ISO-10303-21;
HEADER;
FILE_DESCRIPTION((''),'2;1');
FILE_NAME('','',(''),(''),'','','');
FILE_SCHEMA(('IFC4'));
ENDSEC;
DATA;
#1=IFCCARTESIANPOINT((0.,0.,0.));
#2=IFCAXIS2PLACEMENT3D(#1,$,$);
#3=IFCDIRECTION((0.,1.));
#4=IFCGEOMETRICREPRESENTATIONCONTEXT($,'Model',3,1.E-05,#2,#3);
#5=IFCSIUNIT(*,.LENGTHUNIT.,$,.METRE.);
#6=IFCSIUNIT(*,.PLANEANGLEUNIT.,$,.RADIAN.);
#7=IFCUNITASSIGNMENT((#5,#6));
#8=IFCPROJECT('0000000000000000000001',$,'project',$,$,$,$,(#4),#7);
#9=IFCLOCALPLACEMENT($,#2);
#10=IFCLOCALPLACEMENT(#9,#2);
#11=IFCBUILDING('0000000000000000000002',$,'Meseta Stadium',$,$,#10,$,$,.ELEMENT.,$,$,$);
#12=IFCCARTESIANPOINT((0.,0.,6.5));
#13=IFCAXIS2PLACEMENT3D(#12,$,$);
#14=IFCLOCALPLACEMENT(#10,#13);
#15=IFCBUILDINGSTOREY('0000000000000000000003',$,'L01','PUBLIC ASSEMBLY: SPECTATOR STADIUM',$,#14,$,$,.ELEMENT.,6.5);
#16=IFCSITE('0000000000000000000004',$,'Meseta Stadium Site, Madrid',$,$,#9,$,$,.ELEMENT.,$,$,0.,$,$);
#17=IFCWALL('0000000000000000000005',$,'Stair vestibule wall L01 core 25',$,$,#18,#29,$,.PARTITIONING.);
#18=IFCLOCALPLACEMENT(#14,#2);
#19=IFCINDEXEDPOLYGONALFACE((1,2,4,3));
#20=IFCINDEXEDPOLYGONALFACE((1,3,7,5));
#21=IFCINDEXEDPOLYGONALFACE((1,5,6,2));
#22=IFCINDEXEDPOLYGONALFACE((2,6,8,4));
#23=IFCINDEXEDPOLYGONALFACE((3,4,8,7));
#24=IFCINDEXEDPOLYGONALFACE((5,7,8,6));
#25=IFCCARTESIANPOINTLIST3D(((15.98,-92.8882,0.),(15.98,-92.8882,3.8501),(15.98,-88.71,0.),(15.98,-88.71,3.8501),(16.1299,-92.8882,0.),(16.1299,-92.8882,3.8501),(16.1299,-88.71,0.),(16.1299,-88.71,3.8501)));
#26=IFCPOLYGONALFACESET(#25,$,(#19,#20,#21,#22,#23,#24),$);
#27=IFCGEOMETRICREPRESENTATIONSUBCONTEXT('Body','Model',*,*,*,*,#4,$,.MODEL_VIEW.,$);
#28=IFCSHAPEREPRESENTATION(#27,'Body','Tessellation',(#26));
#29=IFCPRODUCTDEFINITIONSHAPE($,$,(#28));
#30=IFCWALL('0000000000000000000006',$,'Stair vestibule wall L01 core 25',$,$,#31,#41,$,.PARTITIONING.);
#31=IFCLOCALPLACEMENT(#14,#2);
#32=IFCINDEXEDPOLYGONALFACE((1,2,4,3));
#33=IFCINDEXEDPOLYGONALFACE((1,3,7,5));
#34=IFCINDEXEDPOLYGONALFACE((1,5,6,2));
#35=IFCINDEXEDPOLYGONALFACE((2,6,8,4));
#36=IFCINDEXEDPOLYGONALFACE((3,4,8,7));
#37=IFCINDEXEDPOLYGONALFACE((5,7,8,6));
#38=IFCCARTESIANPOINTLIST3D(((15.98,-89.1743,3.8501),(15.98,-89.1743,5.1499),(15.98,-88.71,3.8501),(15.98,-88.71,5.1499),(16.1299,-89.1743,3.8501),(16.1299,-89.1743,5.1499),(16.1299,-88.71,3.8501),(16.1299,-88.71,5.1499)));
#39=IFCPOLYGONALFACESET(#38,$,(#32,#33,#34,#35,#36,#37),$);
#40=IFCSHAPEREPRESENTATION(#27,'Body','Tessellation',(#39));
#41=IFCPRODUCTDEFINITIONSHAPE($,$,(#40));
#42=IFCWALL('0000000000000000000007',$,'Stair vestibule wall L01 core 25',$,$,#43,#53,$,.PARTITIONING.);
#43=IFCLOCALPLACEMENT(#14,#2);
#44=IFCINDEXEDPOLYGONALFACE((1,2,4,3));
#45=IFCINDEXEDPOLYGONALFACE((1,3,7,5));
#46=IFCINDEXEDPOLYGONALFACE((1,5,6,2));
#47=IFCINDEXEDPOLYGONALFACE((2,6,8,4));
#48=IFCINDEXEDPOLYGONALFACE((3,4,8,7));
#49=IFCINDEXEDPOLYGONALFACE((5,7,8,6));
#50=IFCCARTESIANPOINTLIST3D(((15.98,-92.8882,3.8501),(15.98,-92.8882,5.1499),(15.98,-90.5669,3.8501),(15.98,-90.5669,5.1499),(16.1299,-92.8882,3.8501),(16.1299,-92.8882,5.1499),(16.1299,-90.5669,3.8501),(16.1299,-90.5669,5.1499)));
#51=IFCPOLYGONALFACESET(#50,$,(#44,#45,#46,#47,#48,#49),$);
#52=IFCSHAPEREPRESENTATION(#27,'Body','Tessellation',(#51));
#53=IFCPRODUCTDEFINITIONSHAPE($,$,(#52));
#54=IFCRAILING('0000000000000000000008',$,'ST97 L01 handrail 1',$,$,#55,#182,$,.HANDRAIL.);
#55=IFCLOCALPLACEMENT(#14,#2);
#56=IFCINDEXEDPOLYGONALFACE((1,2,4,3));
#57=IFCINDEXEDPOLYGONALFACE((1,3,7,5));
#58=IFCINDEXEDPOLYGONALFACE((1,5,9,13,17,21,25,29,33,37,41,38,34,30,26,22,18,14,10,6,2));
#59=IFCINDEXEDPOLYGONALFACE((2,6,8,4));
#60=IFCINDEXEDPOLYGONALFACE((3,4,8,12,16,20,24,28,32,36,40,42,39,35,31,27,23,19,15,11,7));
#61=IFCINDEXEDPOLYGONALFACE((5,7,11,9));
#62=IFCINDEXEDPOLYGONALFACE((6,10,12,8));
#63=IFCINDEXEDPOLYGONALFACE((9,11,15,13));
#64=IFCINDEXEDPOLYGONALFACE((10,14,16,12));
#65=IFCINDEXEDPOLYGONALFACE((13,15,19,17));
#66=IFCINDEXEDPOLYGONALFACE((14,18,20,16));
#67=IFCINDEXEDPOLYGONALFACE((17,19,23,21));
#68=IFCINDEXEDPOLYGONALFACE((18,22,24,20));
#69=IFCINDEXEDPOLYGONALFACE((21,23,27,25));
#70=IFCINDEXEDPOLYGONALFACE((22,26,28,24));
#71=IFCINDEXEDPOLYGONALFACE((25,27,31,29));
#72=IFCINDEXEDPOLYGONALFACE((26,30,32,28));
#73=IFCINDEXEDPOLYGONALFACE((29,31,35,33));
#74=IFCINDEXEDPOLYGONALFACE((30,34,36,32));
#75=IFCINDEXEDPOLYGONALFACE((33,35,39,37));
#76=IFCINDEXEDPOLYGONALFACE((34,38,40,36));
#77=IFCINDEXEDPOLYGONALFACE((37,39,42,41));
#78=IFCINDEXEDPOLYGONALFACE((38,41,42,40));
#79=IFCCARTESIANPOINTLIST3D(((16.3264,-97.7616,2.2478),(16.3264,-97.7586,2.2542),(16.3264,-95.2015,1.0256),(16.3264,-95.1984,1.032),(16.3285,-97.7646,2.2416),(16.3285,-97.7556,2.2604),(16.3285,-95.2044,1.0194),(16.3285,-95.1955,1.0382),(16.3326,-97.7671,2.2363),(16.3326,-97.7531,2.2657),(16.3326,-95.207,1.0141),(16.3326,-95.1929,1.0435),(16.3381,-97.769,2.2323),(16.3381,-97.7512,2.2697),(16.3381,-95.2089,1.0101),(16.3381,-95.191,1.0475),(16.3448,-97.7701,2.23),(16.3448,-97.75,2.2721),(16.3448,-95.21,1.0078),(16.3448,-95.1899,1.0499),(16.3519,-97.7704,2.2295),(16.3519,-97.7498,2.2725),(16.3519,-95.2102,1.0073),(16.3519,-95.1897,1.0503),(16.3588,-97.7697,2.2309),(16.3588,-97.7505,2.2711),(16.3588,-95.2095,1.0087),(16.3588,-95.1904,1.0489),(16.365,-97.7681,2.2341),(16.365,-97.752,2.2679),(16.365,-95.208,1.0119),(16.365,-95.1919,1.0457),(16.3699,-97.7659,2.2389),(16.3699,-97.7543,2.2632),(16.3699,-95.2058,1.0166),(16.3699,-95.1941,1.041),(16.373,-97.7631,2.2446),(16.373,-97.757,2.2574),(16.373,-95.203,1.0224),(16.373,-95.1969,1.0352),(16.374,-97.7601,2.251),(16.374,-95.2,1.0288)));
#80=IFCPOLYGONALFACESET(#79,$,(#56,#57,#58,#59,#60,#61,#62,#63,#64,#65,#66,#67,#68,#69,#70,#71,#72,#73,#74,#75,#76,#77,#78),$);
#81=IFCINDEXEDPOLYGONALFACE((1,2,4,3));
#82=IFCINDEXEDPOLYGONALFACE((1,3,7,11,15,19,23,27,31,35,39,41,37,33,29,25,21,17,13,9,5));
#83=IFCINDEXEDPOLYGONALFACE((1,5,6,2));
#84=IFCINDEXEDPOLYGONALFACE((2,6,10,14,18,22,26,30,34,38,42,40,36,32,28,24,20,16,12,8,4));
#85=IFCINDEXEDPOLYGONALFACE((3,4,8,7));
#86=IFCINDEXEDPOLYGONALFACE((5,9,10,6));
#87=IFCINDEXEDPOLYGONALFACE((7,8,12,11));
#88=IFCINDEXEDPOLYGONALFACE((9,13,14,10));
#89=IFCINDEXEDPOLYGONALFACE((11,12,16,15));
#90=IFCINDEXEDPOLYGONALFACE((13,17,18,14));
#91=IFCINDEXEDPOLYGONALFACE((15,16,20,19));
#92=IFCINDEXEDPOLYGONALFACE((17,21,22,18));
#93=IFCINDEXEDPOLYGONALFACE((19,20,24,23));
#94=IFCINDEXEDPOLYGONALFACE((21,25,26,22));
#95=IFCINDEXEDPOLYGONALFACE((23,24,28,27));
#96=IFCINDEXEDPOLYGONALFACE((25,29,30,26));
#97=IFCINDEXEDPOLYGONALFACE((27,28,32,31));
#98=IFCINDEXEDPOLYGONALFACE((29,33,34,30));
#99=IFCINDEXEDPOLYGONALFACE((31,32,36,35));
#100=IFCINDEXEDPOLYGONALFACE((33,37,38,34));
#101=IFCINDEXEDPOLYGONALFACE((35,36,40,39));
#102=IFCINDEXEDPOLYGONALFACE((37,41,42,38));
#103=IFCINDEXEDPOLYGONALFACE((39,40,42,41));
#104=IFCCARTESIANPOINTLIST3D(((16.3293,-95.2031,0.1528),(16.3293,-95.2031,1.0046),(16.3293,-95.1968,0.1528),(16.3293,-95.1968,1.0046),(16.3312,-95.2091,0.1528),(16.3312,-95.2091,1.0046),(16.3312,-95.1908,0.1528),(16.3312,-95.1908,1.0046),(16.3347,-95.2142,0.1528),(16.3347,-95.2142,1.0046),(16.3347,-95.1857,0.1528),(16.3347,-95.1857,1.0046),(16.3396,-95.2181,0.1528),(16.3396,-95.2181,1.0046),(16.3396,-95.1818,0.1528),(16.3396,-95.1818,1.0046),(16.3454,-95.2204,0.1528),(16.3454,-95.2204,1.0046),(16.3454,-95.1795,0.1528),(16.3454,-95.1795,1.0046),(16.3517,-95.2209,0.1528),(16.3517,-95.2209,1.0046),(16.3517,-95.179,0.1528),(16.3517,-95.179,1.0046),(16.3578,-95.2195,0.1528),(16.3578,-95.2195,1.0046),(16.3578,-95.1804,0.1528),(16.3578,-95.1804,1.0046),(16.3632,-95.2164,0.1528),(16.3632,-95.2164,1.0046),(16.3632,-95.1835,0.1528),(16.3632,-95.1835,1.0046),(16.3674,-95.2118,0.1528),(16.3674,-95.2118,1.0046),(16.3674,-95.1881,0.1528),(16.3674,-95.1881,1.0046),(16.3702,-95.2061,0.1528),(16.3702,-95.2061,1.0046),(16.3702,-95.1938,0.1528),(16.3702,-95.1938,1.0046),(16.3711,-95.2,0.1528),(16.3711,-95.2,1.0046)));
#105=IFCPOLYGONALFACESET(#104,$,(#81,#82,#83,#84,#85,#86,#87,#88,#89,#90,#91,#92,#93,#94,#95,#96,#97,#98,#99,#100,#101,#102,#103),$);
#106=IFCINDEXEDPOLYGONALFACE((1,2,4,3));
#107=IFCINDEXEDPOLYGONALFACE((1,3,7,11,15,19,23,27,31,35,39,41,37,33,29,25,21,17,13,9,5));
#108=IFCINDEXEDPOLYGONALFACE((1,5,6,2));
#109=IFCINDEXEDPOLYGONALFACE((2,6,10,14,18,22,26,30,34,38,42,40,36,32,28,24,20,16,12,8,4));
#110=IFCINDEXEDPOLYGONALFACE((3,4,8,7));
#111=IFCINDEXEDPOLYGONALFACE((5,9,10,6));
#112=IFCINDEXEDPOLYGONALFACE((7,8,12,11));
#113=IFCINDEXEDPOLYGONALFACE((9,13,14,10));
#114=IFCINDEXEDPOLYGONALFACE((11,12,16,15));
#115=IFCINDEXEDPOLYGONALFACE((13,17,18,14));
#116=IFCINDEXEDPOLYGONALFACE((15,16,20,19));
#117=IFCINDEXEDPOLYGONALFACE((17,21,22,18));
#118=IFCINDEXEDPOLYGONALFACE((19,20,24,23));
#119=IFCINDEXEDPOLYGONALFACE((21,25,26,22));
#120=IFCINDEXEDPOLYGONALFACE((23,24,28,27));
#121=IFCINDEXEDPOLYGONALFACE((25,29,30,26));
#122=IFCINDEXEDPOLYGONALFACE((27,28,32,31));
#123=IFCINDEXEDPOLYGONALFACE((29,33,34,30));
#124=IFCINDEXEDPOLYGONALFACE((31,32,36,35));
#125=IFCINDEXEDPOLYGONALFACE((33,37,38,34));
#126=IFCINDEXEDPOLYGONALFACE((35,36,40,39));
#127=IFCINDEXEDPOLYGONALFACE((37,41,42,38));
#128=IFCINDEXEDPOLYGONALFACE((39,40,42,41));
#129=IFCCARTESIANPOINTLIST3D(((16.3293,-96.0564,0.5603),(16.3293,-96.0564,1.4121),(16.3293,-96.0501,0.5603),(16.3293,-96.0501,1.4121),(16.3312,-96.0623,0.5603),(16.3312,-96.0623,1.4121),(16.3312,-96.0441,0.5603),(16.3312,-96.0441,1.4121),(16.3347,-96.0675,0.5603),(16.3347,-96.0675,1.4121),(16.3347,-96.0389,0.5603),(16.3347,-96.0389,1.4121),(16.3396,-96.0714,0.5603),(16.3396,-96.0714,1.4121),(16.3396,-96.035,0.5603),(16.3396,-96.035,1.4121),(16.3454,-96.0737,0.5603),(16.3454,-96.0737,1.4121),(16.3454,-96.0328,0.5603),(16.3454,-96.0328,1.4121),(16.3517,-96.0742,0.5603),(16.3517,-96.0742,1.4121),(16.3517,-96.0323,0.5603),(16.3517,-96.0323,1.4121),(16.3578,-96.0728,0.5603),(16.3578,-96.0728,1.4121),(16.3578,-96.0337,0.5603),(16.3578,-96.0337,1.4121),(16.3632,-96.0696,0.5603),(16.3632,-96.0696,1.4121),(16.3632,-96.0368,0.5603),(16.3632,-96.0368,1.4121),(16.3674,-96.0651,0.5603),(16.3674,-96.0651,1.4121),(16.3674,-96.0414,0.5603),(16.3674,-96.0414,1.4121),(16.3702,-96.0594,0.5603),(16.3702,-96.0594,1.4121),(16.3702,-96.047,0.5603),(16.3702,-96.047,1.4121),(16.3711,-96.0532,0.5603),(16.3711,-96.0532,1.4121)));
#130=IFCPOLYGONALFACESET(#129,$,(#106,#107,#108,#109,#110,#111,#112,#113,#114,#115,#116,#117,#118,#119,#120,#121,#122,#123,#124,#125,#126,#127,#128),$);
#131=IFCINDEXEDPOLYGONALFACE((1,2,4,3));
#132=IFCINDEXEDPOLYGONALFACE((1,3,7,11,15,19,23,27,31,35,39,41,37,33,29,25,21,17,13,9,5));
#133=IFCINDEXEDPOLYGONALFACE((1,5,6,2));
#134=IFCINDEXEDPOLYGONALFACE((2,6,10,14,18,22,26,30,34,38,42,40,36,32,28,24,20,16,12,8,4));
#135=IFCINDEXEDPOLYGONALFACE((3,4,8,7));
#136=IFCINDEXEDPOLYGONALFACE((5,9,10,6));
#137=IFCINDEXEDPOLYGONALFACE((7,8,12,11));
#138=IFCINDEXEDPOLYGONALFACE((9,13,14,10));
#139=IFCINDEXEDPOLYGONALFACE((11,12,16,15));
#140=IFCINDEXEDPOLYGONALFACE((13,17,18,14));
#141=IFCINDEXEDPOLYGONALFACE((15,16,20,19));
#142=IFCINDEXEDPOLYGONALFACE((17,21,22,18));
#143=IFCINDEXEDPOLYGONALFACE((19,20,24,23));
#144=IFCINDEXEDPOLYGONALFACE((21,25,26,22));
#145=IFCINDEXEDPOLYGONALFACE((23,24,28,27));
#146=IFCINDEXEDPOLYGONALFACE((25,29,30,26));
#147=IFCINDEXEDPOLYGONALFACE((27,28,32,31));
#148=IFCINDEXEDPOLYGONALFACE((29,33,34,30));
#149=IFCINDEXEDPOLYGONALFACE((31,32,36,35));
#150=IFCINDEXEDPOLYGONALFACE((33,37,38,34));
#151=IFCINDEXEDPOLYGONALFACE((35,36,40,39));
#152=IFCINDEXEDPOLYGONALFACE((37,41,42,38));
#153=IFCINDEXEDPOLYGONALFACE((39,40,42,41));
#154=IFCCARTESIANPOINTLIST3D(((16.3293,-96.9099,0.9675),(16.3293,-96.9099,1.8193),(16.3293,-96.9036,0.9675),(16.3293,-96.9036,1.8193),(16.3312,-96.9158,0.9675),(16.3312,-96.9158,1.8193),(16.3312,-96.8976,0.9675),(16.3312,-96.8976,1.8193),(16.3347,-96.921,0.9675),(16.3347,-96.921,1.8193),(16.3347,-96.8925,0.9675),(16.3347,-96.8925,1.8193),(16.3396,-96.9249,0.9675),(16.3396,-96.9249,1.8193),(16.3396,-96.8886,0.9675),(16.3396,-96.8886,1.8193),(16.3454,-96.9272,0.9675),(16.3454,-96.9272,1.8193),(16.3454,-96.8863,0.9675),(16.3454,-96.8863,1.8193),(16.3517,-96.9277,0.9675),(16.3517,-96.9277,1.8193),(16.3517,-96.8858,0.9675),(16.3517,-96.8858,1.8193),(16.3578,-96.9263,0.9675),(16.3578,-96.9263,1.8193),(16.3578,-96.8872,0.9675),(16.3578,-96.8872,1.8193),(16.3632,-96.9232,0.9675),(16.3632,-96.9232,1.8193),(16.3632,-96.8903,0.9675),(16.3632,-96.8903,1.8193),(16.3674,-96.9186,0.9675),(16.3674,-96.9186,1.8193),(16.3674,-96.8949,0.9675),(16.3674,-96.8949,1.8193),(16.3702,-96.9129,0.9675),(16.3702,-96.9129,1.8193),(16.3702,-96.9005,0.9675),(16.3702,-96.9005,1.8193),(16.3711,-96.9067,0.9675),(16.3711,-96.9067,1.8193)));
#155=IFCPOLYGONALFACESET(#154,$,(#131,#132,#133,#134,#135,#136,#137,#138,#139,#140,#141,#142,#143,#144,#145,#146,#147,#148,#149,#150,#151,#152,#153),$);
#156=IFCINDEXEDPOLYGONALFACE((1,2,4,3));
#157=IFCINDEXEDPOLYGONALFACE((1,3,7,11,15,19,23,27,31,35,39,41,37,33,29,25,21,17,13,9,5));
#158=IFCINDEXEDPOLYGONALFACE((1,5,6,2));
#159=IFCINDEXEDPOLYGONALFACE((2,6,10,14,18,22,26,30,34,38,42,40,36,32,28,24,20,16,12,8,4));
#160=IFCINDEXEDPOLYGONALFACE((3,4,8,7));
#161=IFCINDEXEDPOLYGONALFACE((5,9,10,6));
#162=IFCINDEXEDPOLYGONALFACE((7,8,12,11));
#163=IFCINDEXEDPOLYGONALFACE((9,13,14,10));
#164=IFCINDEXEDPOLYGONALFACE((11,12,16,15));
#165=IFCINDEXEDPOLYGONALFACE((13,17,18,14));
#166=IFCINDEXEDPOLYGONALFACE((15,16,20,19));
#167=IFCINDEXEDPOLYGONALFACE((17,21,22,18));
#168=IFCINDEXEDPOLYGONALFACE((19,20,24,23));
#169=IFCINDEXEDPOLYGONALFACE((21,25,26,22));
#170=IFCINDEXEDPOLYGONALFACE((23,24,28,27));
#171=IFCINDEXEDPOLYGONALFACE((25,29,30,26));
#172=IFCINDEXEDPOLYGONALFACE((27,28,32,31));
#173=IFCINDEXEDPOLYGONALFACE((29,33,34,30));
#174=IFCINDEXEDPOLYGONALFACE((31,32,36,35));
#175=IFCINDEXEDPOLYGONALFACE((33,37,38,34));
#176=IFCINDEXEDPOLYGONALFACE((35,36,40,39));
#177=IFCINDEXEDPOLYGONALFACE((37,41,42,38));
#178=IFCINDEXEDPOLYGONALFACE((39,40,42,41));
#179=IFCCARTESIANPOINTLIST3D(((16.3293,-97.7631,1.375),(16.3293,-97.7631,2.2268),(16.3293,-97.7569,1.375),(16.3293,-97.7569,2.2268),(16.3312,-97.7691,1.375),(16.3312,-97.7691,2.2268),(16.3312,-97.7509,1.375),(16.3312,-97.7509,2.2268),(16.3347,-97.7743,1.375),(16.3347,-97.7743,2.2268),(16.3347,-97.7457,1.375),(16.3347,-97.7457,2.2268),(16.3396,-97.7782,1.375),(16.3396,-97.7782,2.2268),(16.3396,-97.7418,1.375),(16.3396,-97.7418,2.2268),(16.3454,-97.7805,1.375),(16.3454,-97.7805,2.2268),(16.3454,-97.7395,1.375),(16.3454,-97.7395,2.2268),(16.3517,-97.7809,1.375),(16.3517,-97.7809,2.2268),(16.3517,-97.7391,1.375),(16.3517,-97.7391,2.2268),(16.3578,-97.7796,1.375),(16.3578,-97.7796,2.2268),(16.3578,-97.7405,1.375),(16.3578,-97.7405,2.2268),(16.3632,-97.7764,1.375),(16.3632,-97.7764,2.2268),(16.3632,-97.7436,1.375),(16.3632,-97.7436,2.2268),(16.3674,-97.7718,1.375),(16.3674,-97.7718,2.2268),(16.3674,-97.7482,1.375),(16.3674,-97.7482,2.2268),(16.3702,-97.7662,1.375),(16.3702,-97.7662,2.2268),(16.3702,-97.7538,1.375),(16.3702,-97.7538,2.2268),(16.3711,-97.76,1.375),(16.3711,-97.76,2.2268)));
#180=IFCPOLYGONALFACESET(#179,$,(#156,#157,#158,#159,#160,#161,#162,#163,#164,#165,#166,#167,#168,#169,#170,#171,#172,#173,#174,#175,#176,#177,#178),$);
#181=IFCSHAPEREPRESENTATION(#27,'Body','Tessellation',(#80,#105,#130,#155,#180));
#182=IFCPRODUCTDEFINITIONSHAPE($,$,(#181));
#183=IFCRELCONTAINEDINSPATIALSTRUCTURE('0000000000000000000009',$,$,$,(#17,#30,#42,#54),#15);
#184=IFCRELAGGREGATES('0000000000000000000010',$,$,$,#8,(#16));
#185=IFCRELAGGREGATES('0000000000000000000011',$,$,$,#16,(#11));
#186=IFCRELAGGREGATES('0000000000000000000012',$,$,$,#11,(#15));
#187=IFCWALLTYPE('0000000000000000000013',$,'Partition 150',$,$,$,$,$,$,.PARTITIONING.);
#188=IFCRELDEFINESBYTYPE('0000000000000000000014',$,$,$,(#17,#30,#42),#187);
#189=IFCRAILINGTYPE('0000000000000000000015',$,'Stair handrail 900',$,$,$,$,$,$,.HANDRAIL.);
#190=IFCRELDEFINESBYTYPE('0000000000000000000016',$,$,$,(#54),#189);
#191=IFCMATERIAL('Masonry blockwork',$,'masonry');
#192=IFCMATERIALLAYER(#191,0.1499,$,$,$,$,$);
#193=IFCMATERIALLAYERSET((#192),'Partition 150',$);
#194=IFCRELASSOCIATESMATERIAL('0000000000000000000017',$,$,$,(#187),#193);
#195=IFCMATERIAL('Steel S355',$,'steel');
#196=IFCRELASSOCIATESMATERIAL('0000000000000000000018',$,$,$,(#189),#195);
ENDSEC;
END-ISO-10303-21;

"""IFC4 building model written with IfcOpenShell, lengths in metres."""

from ifc_helpers import new_model, si_unit, direction, frame, frame_2d, origin, origin_2d, place, context, subcontext, project, spatial, rectangle, circle, extrude, material, layer, layer_set, type_object, element, save


model = new_model("IFC4")

# Units and contexts
model_context = context("Model", 3, precision=1e-05, world=origin(), true_north=direction((0.0, 1.0)))
body_context = subcontext(model_context, "Body", "Model", "MODEL_VIEW")
ifc_project = project(units=[si_unit("LENGTHUNIT", "METRE"), si_unit("PLANEANGLEUNIT", "RADIAN")], contexts=[model_context])

# Site, building, storey
site_placement = place(None, origin())
site = spatial("IfcSite", under=ifc_project, at=site_placement, Name="Meseta Stadium Site, Madrid", CompositionType="ELEMENT", RefElevation=0.0)
building_placement = place(site_placement, origin())
building = spatial("IfcBuilding", under=site, at=building_placement, Name="Meseta Stadium", CompositionType="ELEMENT")
storey_placement = place(building_placement, frame((0.0, 0.0, 6.5)))
storey = spatial("IfcBuildingStorey", under=building, at=storey_placement, Name="L01", Description="PUBLIC ASSEMBLY: SPECTATOR STADIUM", CompositionType="ELEMENT", Elevation=6.5)

# Walls
ifc_material_1 = material(Name="Masonry blockwork", Category="masonry")
ifc_layer_1 = layer(ifc_material_1, 0.1499)
ifc_layer_set_1 = layer_set([ifc_layer_1], Name="Partition 150")
wall_type_1 = type_object("IfcWallType", Name="Partition 150", PredefinedType="PARTITIONING", material=ifc_layer_set_1)
wall_1_placement = place(storey_placement, frame((16.0549, -88.71, 0.0), z_axis=(0.0, 0.0, 1.0), x_axis=(0.0, -1.0, 0.0)))
element("IfcWall", 1, at=wall_1_placement, inside=storey, type_object=wall_type_1, Name="Stair vestibule wall L01 core 25", PredefinedType="PARTITIONING", context=body_context, shape_type="SweptSolid", body=[
    extrude(rectangle(XDim=4.1782, YDim=0.1499, at=frame_2d((2.0891, 0.0))), origin(), (0.0, 0.0, 1.0), 3.8501),
])
wall_2_placement = place(storey_placement, frame((16.0549, -88.71, 3.8501), z_axis=(0.0, 0.0, 1.0), x_axis=(0.0, -1.0, 0.0)))
element("IfcWall", 2, at=wall_2_placement, inside=storey, type_object=wall_type_1, Name="Stair vestibule wall L01 core 25", PredefinedType="PARTITIONING", context=body_context, shape_type="SweptSolid", body=[
    extrude(rectangle(XDim=0.4644, YDim=0.1499, at=frame_2d((0.2322, 0.0))), origin(), (0.0, 0.0, 1.0), 1.2998),
])
wall_3_placement = place(storey_placement, frame((16.0549, -90.5669, 3.8501), z_axis=(0.0, 0.0, 1.0), x_axis=(0.0, -1.0, 0.0)))
element("IfcWall", 3, at=wall_3_placement, inside=storey, type_object=wall_type_1, Name="Stair vestibule wall L01 core 25", PredefinedType="PARTITIONING", context=body_context, shape_type="SweptSolid", body=[
    extrude(rectangle(XDim=2.3213, YDim=0.1499, at=frame_2d((1.1606, 0.0))), origin(), (0.0, 0.0, 1.0), 1.2998),
])

# Railing
ifc_material_2 = material(Name="Steel S355", Category="steel")
railing_type = type_object("IfcRailingType", Name="Stair handrail 900", PredefinedType="HANDRAIL", material=ifc_material_2)
for number, where, name in (
    (4, (16.3501, -95.2, 0.1528), "ST97 L01 handrail 1"),
):
    element("IfcRailing", number, at=place(storey_placement, frame(where)), inside=storey, type_object=railing_type, Name=name, PredefinedType="HANDRAIL", context=body_context, shape_type="SweptSolid", body=[
        extrude(circle(Radius=0.0239, at=origin_2d()), frame((0.0, 0.0, 0.876), z_axis=(0.0, -0.902437, 0.430822), x_axis=(1.0, 0.0, 0.0)), (0.0, 0.0, 1.0), 2.8369),
        extrude(circle(Radius=0.021, at=origin_2d()), origin(), (0.0, 0.0, 1.0), 0.8518),
        extrude(circle(Radius=0.021, at=origin_2d()), frame((0.0, -0.8533, 0.4075)), (0.0, 0.0, 1.0), 0.8518),
        extrude(circle(Radius=0.021, at=origin_2d()), frame((0.0, -1.7068, 0.8147)), (0.0, 0.0, 1.0), 0.8518),
        extrude(circle(Radius=0.021, at=origin_2d()), frame((0.0, -2.5601, 1.2222)), (0.0, 0.0, 1.0), 0.8518),
    ])

save(model, "model.ifc")
